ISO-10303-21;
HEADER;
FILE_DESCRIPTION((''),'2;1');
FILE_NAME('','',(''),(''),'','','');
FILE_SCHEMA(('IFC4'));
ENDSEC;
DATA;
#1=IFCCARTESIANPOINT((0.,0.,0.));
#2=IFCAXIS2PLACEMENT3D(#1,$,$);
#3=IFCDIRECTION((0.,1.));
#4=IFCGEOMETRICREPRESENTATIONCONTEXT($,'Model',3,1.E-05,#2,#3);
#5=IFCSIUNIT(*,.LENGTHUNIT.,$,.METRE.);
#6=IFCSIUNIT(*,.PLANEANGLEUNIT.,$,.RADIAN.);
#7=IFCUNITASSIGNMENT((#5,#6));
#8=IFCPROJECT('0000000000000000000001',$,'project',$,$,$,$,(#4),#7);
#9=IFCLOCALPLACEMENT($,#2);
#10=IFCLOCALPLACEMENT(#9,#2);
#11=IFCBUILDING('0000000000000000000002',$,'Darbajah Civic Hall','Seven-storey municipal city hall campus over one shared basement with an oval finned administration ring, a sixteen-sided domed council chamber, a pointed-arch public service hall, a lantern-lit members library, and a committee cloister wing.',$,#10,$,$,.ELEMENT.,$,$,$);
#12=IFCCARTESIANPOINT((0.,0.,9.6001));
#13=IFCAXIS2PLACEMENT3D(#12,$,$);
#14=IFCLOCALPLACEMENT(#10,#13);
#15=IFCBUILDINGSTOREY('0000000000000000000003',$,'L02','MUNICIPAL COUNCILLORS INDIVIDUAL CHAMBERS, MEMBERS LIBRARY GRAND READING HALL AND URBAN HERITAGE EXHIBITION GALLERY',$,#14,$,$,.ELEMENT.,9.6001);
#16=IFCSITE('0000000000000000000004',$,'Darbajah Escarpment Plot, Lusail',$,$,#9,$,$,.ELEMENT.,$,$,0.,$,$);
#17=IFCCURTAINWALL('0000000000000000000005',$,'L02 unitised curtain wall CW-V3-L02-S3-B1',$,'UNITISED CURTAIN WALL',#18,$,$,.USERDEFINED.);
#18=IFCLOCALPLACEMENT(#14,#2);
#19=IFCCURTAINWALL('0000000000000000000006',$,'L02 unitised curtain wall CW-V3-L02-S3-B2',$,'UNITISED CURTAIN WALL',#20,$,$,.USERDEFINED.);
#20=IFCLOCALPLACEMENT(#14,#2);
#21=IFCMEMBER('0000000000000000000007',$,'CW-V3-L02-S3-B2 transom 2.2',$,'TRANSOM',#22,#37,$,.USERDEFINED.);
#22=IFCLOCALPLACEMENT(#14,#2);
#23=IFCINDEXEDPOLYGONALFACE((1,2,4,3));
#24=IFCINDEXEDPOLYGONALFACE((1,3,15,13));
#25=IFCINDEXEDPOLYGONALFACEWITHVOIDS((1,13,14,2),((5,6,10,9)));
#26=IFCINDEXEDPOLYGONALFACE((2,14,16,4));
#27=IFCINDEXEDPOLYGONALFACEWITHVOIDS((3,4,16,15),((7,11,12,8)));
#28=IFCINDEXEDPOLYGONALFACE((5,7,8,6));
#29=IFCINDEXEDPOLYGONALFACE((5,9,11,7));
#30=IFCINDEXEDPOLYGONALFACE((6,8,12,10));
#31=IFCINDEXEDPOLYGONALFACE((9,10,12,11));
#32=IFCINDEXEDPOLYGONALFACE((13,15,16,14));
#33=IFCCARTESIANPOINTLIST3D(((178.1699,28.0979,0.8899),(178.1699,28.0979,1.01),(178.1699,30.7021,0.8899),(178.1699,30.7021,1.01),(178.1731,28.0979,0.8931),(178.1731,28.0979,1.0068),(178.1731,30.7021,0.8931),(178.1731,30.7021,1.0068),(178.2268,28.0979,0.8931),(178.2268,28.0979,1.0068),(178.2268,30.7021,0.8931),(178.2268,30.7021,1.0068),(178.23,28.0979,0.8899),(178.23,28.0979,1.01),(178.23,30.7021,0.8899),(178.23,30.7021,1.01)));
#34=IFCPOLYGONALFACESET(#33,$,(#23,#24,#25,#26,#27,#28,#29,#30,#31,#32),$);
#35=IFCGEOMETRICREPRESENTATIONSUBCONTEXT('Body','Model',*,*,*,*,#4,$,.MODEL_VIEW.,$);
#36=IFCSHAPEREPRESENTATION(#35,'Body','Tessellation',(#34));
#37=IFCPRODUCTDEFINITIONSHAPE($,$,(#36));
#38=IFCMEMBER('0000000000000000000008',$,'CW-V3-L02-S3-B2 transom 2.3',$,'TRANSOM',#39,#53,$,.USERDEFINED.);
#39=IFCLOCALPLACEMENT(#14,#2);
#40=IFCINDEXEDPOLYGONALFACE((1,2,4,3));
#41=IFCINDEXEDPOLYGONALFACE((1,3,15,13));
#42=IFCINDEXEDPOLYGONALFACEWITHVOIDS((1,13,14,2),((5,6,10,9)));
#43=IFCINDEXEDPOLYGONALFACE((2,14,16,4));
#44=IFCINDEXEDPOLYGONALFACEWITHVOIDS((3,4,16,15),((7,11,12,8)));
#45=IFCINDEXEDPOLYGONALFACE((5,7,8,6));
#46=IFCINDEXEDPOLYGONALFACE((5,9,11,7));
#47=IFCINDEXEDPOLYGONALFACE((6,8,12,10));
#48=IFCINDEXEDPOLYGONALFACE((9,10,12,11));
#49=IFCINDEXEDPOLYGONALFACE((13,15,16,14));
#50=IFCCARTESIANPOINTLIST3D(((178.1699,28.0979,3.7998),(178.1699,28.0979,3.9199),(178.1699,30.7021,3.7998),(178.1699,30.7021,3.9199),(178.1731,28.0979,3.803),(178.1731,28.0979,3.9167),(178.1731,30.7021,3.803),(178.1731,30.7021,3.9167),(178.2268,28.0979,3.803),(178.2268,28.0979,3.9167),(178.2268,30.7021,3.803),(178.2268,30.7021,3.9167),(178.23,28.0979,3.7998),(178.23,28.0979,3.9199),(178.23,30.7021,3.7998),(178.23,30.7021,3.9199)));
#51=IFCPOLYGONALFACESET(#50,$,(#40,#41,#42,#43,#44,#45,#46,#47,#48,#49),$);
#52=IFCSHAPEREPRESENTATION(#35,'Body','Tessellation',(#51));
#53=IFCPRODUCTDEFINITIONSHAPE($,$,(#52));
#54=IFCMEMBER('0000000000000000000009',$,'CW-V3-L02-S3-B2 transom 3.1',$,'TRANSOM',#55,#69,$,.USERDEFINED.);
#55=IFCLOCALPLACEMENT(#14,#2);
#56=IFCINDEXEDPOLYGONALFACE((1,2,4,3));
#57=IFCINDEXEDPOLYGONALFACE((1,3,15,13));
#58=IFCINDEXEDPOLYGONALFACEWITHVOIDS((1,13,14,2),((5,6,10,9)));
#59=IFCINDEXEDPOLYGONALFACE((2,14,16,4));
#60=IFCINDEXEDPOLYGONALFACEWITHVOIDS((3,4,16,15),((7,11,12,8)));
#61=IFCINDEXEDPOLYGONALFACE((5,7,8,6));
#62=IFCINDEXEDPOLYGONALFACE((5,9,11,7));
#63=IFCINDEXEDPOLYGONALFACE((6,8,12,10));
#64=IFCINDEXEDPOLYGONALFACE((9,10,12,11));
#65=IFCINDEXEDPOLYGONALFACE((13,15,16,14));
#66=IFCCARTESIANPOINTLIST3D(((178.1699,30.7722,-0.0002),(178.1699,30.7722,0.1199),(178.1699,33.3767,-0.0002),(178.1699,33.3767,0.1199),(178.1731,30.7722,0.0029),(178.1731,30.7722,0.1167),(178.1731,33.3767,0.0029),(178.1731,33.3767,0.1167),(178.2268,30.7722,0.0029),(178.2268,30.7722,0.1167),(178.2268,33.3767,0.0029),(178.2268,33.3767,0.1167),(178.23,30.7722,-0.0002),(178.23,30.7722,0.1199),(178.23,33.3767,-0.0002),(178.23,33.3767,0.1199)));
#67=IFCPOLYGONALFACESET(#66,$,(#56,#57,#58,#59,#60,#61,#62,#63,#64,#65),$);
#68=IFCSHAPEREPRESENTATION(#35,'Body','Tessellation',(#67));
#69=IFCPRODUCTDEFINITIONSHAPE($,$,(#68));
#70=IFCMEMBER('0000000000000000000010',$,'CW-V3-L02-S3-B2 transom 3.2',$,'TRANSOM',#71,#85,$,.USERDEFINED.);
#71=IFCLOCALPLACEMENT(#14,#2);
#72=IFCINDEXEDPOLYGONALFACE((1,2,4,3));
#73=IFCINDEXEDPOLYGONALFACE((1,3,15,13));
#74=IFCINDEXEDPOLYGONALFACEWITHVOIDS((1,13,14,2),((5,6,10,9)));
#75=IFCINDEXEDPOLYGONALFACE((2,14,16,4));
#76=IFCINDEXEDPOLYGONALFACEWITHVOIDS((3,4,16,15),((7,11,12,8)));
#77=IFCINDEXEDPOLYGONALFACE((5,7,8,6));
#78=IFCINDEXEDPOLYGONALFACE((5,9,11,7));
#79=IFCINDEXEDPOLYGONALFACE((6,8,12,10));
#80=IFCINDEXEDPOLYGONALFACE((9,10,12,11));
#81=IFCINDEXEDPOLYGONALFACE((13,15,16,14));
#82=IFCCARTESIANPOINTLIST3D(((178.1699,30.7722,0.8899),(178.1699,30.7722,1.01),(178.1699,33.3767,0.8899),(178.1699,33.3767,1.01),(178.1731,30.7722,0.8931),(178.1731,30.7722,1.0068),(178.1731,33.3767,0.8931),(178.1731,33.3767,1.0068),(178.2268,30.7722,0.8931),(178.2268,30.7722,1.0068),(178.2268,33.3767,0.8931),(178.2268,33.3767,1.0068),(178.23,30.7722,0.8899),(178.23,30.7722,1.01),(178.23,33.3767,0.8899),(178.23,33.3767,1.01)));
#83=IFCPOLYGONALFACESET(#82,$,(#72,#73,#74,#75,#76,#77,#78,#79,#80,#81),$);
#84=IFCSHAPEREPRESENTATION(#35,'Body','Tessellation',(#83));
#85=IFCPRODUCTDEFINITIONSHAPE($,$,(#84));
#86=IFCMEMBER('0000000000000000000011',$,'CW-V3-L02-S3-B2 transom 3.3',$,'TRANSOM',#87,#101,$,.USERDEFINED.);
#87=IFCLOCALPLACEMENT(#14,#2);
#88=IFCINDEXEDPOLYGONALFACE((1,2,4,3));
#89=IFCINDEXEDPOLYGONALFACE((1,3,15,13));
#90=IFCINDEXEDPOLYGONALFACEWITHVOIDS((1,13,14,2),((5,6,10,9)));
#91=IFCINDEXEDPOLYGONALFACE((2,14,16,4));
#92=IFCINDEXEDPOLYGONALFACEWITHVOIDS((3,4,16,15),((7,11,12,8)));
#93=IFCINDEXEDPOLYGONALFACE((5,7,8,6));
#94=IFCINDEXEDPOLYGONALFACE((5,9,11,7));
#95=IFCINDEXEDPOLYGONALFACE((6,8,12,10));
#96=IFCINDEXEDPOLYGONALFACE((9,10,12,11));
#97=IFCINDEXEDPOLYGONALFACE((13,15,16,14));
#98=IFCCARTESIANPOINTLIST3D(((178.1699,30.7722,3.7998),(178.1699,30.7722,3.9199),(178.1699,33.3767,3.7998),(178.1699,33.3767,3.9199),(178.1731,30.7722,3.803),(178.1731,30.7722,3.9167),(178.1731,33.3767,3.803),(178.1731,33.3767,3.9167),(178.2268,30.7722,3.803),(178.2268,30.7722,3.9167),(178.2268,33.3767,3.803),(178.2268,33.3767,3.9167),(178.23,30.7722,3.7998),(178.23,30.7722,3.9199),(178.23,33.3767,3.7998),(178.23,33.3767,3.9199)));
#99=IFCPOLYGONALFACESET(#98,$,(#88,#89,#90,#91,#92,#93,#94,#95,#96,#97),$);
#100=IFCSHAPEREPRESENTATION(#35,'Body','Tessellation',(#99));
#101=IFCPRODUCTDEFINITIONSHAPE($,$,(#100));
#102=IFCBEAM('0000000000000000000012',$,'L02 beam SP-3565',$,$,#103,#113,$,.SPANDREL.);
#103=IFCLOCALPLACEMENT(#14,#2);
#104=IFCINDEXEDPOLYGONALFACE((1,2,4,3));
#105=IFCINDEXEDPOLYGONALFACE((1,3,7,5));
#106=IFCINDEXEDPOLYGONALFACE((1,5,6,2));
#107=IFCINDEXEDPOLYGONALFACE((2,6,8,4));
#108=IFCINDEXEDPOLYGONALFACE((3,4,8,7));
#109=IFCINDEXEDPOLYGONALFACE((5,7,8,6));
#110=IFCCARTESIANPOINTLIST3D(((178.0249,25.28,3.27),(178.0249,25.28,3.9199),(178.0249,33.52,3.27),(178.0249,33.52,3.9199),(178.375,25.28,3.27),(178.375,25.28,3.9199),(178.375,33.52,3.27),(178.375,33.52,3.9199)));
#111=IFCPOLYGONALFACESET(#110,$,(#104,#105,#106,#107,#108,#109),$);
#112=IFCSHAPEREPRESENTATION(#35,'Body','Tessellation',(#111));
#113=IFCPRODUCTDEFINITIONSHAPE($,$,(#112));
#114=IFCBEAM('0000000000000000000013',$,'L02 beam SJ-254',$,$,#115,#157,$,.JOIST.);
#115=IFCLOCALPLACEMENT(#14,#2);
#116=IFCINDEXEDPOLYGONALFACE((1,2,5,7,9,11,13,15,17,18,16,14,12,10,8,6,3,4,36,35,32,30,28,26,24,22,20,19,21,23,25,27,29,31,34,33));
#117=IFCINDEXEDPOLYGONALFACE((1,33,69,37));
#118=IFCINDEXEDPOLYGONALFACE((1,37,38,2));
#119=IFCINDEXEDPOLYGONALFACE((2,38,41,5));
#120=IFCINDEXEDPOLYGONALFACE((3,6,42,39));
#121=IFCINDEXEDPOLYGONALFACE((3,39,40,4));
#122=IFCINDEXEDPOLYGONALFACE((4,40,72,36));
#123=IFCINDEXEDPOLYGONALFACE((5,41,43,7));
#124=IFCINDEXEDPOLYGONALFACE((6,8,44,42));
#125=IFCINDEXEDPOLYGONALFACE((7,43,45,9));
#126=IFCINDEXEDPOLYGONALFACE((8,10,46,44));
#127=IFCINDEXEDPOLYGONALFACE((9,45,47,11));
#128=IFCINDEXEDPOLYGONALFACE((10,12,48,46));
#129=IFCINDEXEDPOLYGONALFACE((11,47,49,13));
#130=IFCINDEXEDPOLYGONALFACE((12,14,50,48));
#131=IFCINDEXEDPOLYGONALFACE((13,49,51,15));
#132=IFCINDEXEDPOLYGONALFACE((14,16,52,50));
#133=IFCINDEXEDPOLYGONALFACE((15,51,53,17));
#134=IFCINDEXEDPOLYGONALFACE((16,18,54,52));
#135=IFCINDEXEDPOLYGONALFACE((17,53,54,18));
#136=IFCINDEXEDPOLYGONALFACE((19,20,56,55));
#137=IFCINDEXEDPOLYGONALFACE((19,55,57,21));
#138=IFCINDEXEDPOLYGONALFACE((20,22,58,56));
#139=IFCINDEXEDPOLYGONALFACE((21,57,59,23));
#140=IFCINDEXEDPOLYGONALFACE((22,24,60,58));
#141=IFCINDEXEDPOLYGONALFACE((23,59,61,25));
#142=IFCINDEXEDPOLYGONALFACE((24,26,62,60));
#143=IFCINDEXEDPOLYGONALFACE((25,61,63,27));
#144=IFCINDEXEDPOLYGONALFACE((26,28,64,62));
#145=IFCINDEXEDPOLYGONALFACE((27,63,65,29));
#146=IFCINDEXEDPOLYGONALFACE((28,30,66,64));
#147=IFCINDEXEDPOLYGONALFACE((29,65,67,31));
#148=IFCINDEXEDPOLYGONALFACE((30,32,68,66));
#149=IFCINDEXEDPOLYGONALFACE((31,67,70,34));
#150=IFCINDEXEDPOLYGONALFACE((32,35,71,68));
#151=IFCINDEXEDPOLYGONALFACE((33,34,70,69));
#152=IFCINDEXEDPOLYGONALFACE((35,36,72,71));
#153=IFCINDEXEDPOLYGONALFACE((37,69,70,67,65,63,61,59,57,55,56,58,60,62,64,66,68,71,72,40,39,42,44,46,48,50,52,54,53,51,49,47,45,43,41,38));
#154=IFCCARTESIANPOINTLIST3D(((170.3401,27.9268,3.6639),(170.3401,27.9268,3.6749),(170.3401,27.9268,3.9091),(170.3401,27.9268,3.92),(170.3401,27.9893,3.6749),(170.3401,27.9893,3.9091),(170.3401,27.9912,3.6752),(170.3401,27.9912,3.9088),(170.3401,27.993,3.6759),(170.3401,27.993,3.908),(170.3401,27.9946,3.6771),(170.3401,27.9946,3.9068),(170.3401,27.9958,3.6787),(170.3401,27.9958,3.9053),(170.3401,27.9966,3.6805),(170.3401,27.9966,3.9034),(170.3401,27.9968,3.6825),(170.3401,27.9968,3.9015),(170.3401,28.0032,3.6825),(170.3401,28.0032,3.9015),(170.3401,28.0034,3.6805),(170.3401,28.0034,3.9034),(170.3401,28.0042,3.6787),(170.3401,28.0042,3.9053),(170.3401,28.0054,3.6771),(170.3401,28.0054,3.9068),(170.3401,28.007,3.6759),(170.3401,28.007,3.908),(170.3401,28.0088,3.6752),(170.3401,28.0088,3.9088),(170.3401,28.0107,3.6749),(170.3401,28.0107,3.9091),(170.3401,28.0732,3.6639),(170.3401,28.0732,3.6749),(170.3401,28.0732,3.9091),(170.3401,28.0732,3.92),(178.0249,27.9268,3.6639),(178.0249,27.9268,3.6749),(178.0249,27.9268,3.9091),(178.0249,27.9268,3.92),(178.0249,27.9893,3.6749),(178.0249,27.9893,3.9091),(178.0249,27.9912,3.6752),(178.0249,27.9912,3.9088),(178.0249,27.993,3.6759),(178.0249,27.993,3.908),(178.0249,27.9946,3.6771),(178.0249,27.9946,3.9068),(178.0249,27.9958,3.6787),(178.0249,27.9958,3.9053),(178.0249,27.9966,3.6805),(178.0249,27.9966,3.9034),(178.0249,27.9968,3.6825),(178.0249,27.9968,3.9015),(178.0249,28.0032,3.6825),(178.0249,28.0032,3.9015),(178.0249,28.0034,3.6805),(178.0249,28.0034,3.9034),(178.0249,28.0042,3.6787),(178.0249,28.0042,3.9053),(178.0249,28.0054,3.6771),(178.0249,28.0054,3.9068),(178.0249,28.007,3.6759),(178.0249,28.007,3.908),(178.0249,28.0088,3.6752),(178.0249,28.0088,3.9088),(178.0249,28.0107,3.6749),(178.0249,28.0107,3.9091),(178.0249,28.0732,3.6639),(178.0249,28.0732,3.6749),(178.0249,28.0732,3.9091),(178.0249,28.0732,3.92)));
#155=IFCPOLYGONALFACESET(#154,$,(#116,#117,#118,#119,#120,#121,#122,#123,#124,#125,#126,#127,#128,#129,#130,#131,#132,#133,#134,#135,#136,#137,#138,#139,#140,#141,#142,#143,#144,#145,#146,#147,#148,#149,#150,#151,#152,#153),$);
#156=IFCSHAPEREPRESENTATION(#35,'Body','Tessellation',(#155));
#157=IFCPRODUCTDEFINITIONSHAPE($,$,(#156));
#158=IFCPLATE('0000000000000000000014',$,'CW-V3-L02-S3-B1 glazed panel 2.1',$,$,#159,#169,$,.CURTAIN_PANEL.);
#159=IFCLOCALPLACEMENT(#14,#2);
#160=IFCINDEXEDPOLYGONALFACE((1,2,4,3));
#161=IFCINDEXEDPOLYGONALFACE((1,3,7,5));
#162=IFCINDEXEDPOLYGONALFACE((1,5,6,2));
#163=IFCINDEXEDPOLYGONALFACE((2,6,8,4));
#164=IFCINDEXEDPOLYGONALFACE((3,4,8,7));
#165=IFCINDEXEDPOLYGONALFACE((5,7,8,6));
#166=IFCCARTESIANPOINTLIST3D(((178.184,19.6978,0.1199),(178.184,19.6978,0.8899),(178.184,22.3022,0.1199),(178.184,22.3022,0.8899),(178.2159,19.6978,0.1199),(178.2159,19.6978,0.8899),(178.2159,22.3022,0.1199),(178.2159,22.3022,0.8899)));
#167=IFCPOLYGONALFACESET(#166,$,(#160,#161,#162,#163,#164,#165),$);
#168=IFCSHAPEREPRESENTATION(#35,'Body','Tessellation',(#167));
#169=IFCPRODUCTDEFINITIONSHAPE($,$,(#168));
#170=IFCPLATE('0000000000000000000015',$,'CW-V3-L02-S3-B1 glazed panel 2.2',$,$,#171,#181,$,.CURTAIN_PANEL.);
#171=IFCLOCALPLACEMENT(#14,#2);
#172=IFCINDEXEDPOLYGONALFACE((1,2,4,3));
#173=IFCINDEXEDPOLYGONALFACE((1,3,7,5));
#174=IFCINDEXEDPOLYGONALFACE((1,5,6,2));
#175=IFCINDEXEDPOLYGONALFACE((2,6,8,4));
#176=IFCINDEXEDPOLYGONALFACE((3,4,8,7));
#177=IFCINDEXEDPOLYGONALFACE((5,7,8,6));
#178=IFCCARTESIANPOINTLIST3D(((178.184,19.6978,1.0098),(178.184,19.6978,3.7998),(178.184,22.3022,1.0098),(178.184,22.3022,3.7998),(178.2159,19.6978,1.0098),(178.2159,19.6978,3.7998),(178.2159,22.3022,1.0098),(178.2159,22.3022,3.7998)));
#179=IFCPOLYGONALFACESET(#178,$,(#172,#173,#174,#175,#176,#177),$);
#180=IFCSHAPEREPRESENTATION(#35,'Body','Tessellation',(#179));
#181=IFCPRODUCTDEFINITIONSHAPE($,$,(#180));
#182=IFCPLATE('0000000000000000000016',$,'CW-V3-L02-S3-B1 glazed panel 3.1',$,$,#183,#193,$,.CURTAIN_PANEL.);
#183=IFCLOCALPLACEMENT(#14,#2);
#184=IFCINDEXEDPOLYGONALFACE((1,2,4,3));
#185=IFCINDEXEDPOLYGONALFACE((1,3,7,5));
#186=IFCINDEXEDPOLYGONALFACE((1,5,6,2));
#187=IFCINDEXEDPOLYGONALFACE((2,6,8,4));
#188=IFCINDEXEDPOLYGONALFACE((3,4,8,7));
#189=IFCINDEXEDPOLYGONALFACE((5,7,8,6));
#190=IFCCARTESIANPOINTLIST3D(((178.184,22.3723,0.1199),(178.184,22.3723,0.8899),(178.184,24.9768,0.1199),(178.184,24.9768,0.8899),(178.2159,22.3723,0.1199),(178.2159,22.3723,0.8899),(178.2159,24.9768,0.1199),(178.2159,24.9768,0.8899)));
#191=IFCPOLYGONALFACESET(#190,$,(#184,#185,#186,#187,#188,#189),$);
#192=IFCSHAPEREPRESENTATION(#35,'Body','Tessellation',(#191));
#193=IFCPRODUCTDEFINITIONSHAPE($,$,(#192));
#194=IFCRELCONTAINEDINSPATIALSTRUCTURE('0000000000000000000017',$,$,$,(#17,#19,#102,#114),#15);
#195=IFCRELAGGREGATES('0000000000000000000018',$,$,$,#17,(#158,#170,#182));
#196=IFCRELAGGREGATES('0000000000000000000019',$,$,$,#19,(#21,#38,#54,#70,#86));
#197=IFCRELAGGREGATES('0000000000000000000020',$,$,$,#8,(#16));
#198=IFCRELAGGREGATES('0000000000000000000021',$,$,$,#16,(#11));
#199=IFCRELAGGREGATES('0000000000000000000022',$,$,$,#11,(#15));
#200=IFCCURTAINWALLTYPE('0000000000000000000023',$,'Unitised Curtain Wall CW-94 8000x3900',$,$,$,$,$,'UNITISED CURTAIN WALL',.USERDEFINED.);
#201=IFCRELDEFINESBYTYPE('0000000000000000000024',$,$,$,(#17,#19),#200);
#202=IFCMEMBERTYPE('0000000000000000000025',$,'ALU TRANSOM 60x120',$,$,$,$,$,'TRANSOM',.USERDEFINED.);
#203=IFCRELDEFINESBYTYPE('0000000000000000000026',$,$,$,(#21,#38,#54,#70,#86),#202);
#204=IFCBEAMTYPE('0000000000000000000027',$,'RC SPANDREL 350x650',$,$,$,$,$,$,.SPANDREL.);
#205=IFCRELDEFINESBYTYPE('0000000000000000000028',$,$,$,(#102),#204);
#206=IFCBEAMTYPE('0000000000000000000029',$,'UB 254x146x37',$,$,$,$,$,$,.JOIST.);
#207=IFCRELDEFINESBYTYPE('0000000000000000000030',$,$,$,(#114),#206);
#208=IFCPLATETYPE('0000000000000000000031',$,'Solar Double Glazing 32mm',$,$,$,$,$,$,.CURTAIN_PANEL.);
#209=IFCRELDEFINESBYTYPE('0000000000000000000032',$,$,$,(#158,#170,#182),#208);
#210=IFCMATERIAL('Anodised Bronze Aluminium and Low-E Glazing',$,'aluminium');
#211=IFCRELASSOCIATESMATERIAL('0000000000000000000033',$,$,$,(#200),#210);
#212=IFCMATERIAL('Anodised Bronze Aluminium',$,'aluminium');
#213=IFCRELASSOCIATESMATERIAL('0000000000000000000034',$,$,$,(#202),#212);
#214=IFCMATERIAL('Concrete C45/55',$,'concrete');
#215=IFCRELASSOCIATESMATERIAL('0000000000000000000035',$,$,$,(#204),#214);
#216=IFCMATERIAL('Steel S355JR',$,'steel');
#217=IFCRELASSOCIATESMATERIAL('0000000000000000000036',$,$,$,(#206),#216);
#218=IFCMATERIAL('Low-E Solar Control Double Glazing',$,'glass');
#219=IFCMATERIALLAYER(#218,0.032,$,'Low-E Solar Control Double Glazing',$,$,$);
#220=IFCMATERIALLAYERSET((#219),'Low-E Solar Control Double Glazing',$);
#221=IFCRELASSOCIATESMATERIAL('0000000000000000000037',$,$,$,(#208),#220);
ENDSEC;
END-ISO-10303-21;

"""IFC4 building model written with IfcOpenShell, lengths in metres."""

from ifc_helpers import new_model, si_unit, direction, frame, origin, origin_2d, place, context, subcontext, project, spatial, rectangle, hollow_rectangle, i_section, extrude, material, layer, layer_set, material_profile, profile_set, type_object, element, aggregate, save


model = new_model("IFC4")

# Units and contexts
model_context = context("Model", 3, precision=1e-05, world=origin(), true_north=direction((0.0, 1.0)))
body_context = subcontext(model_context, "Body", "Model", "MODEL_VIEW")
ifc_project = project(units=[si_unit("LENGTHUNIT", "METRE"), si_unit("PLANEANGLEUNIT", "RADIAN")], contexts=[model_context])

# Site, building, storey
site_placement = place(None, origin())
site = spatial("IfcSite", under=ifc_project, at=site_placement, Name="Darbajah Escarpment Plot, Lusail", CompositionType="ELEMENT", RefElevation=0.0)
building_placement = place(site_placement, origin())
building = spatial("IfcBuilding", under=site, at=building_placement, Name="Darbajah Civic Hall", Description="Seven-storey municipal city hall campus over one shared basement with an oval finned administration ring, a sixteen-sided domed council chamber, a pointed-arch public service hall, a lantern-lit members library, and a committee cloister wing.", CompositionType="ELEMENT")
storey_placement = place(building_placement, frame((0.0, 0.0, 9.6001)))
storey = spatial("IfcBuildingStorey", under=building, at=storey_placement, Name="L02", Description="MUNICIPAL COUNCILLORS INDIVIDUAL CHAMBERS, MEMBERS LIBRARY GRAND READING HALL AND URBAN HERITAGE EXHIBITION GALLERY", CompositionType="ELEMENT", Elevation=9.6001)

# Shared definitions
ifc_material_1 = material(Name="Steel S355JR", Category="steel")

# Curtain walls
ifc_material_2 = material(Name="Anodised Bronze Aluminium and Low-E Glazing", Category="aluminium")
curtain_wall_type = type_object("IfcCurtainWallType", Name="Unitised Curtain Wall CW-94 8000x3900", ElementType="UNITISED CURTAIN WALL", PredefinedType="USERDEFINED", material=ifc_material_2)
curtain_wall_1_placement = place(storey_placement, origin())
curtain_wall_1 = element("IfcCurtainWall", 1, at=curtain_wall_1_placement, inside=storey, type_object=curtain_wall_type, Name="L02 unitised curtain wall CW-V3-L02-S3-B1", ObjectType="UNITISED CURTAIN WALL", PredefinedType="USERDEFINED")
ifc_material_3 = material(Name="Anodised Bronze Aluminium", Category="aluminium")
curtain_wall_2_placement = place(storey_placement, origin())
curtain_wall_2 = element("IfcCurtainWall", 2, at=curtain_wall_2_placement, inside=storey, type_object=curtain_wall_type, Name="L02 unitised curtain wall CW-V3-L02-S3-B2", ObjectType="UNITISED CURTAIN WALL", PredefinedType="USERDEFINED")

# Members
ifc_material_profile_1 = material_profile(ifc_material_3, hollow_rectangle(XDim=0.0601, YDim=0.1201, WallThickness=0.0032, at=origin_2d()), Name="ALU TRANSOM 60x120")
ifc_profile_set_1 = profile_set([ifc_material_profile_1], Name="Anodised Bronze Aluminium")
member_type_1 = type_object("IfcMemberType", Name="ALU TRANSOM 60x120", ElementType="TRANSOM", PredefinedType="USERDEFINED", material=ifc_profile_set_1)
member_1_placement = place(storey_placement, frame((178.2, 28.0979, 0.95), z_axis=(0.0, 1.0, 0.0), x_axis=(-1.0, 0.0, 0.0)))
member_1 = element("IfcMember", 3, at=member_1_placement, type_object=member_type_1, Name="CW-V3-L02-S3-B2 transom 2.2", ObjectType="TRANSOM", PredefinedType="USERDEFINED", context=body_context, shape_type="SweptSolid", body=[
    extrude(hollow_rectangle(XDim=0.0601, YDim=0.1201, WallThickness=0.0032, at=origin_2d()), origin(), (0.0, 0.0, 1.0), 2.6042),
])
member_2_placement = place(storey_placement, frame((178.2, 28.0979, 3.8599), z_axis=(0.0, 1.0, 0.0), x_axis=(-1.0, 0.0, 0.0)))
member_2 = element("IfcMember", 4, at=member_2_placement, type_object=member_type_1, Name="CW-V3-L02-S3-B2 transom 2.3", ObjectType="TRANSOM", PredefinedType="USERDEFINED", context=body_context, shape_type="SweptSolid", body=[
    extrude(hollow_rectangle(XDim=0.0601, YDim=0.1201, WallThickness=0.0032, at=origin_2d()), origin(), (0.0, 0.0, 1.0), 2.6042),
])
member_3_placement = place(storey_placement, frame((178.2, 30.7722, 0.0598), z_axis=(0.0, 1.0, 0.0), x_axis=(-1.0, 0.0, 0.0)))
member_3 = element("IfcMember", 5, at=member_3_placement, type_object=member_type_1, Name="CW-V3-L02-S3-B2 transom 3.1", ObjectType="TRANSOM", PredefinedType="USERDEFINED", context=body_context, shape_type="SweptSolid", body=[
    extrude(hollow_rectangle(XDim=0.0601, YDim=0.1201, WallThickness=0.0032, at=origin_2d()), origin(), (0.0, 0.0, 1.0), 2.6045),
])
member_4_placement = place(storey_placement, frame((178.2, 30.7722, 0.95), z_axis=(0.0, 1.0, 0.0), x_axis=(-1.0, 0.0, 0.0)))
member_4 = element("IfcMember", 6, at=member_4_placement, type_object=member_type_1, Name="CW-V3-L02-S3-B2 transom 3.2", ObjectType="TRANSOM", PredefinedType="USERDEFINED", context=body_context, shape_type="SweptSolid", body=[
    extrude(hollow_rectangle(XDim=0.0601, YDim=0.1201, WallThickness=0.0032, at=origin_2d()), origin(), (0.0, 0.0, 1.0), 2.6045),
])
member_5_placement = place(storey_placement, frame((178.2, 30.7722, 3.8599), z_axis=(0.0, 1.0, 0.0), x_axis=(-1.0, 0.0, 0.0)))
member_5 = element("IfcMember", 7, at=member_5_placement, type_object=member_type_1, Name="CW-V3-L02-S3-B2 transom 3.3", ObjectType="TRANSOM", PredefinedType="USERDEFINED", context=body_context, shape_type="SweptSolid", body=[
    extrude(hollow_rectangle(XDim=0.0601, YDim=0.1201, WallThickness=0.0032, at=origin_2d()), origin(), (0.0, 0.0, 1.0), 2.6045),
])

# Beams
ifc_material_4 = material(Name="Concrete C45/55", Category="concrete")
ifc_material_profile_2 = material_profile(ifc_material_4, rectangle(XDim=0.3501, YDim=0.6499, at=origin_2d()), Name="RC SPANDREL 350x650")
ifc_profile_set_2 = profile_set([ifc_material_profile_2], Name="Concrete C45/55")
beam_type_1 = type_object("IfcBeamType", Name="RC SPANDREL 350x650", PredefinedType="SPANDREL", material=ifc_profile_set_2)
beam_1_placement = place(storey_placement, frame((178.2, 25.28, 3.595), z_axis=(0.0, 1.0, 0.0), x_axis=(-1.0, 0.0, 0.0)))
element("IfcBeam", 8, at=beam_1_placement, inside=storey, type_object=beam_type_1, Name="L02 beam SP-3565", PredefinedType="SPANDREL", context=body_context, shape_type="SweptSolid", body=[
    extrude(rectangle(XDim=0.3501, YDim=0.6499, at=origin_2d()), origin(), (0.0, 0.0, 1.0), 8.24),
])
ifc_material_profile_3 = material_profile(ifc_material_1, i_section(OverallWidth=0.1465, OverallDepth=0.2561, WebThickness=0.0063, FlangeThickness=0.011, FilletRadius=0.0076, at=origin_2d()), Name="UB 254x146x37")
ifc_profile_set_3 = profile_set([ifc_material_profile_3], Name="Steel S355JR")
beam_type_2 = type_object("IfcBeamType", Name="UB 254x146x37", PredefinedType="JOIST", material=ifc_profile_set_3)
beam_2_placement = place(storey_placement, frame((170.3401, 28.0, 3.792), z_axis=(1.0, 0.0, 0.0), x_axis=(0.0, 1.0, 0.0)))
element("IfcBeam", 9, at=beam_2_placement, inside=storey, type_object=beam_type_2, Name="L02 beam SJ-254", PredefinedType="JOIST", context=body_context, shape_type="SweptSolid", body=[
    extrude(i_section(OverallWidth=0.1465, OverallDepth=0.2561, WebThickness=0.0063, FlangeThickness=0.011, FilletRadius=0.0076, at=origin_2d()), origin(), (0.0, 0.0, 1.0), 7.6848),
])

# Plates
ifc_material_5 = material(Name="Low-E Solar Control Double Glazing", Category="glass")
ifc_layer = layer(ifc_material_5, 0.032, Name="Low-E Solar Control Double Glazing")
ifc_layer_set = layer_set([ifc_layer], Name="Low-E Solar Control Double Glazing")
plate_type = type_object("IfcPlateType", Name="Solar Double Glazing 32mm", PredefinedType="CURTAIN_PANEL", material=ifc_layer_set)
plate_1_placement = place(storey_placement, frame((178.2, 21.0, 0.1199), z_axis=(0.0, 0.0, 1.0), x_axis=(0.0, 1.0, 0.0)))
plate_1 = element("IfcPlate", 10, at=plate_1_placement, type_object=plate_type, Name="CW-V3-L02-S3-B1 glazed panel 2.1", PredefinedType="CURTAIN_PANEL", context=body_context, shape_type="SweptSolid", body=[
    extrude(rectangle(XDim=2.6045, YDim=0.032, at=origin_2d()), origin(), (0.0, 0.0, 1.0), 0.77),
])
plate_2_placement = place(storey_placement, frame((178.2, 21.0, 1.0098), z_axis=(0.0, 0.0, 1.0), x_axis=(0.0, 1.0, 0.0)))
plate_2 = element("IfcPlate", 11, at=plate_2_placement, type_object=plate_type, Name="CW-V3-L02-S3-B1 glazed panel 2.2", PredefinedType="CURTAIN_PANEL", context=body_context, shape_type="SweptSolid", body=[
    extrude(rectangle(XDim=2.6045, YDim=0.032, at=origin_2d()), origin(), (0.0, 0.0, 1.0), 2.79),
])
plate_3_placement = place(storey_placement, frame((178.2, 23.6746, 0.1199), z_axis=(0.0, 0.0, 1.0), x_axis=(0.0, 1.0, 0.0)))
plate_3 = element("IfcPlate", 12, at=plate_3_placement, type_object=plate_type, Name="CW-V3-L02-S3-B1 glazed panel 3.1", PredefinedType="CURTAIN_PANEL", context=body_context, shape_type="SweptSolid", body=[
    extrude(rectangle(XDim=2.6045, YDim=0.032, at=origin_2d()), origin(), (0.0, 0.0, 1.0), 0.77),
])
aggregate(curtain_wall_1, [plate_1, plate_2, plate_3])
aggregate(curtain_wall_2, [member_1, member_2, member_3, member_4, member_5])

save(model, "model.ifc")
